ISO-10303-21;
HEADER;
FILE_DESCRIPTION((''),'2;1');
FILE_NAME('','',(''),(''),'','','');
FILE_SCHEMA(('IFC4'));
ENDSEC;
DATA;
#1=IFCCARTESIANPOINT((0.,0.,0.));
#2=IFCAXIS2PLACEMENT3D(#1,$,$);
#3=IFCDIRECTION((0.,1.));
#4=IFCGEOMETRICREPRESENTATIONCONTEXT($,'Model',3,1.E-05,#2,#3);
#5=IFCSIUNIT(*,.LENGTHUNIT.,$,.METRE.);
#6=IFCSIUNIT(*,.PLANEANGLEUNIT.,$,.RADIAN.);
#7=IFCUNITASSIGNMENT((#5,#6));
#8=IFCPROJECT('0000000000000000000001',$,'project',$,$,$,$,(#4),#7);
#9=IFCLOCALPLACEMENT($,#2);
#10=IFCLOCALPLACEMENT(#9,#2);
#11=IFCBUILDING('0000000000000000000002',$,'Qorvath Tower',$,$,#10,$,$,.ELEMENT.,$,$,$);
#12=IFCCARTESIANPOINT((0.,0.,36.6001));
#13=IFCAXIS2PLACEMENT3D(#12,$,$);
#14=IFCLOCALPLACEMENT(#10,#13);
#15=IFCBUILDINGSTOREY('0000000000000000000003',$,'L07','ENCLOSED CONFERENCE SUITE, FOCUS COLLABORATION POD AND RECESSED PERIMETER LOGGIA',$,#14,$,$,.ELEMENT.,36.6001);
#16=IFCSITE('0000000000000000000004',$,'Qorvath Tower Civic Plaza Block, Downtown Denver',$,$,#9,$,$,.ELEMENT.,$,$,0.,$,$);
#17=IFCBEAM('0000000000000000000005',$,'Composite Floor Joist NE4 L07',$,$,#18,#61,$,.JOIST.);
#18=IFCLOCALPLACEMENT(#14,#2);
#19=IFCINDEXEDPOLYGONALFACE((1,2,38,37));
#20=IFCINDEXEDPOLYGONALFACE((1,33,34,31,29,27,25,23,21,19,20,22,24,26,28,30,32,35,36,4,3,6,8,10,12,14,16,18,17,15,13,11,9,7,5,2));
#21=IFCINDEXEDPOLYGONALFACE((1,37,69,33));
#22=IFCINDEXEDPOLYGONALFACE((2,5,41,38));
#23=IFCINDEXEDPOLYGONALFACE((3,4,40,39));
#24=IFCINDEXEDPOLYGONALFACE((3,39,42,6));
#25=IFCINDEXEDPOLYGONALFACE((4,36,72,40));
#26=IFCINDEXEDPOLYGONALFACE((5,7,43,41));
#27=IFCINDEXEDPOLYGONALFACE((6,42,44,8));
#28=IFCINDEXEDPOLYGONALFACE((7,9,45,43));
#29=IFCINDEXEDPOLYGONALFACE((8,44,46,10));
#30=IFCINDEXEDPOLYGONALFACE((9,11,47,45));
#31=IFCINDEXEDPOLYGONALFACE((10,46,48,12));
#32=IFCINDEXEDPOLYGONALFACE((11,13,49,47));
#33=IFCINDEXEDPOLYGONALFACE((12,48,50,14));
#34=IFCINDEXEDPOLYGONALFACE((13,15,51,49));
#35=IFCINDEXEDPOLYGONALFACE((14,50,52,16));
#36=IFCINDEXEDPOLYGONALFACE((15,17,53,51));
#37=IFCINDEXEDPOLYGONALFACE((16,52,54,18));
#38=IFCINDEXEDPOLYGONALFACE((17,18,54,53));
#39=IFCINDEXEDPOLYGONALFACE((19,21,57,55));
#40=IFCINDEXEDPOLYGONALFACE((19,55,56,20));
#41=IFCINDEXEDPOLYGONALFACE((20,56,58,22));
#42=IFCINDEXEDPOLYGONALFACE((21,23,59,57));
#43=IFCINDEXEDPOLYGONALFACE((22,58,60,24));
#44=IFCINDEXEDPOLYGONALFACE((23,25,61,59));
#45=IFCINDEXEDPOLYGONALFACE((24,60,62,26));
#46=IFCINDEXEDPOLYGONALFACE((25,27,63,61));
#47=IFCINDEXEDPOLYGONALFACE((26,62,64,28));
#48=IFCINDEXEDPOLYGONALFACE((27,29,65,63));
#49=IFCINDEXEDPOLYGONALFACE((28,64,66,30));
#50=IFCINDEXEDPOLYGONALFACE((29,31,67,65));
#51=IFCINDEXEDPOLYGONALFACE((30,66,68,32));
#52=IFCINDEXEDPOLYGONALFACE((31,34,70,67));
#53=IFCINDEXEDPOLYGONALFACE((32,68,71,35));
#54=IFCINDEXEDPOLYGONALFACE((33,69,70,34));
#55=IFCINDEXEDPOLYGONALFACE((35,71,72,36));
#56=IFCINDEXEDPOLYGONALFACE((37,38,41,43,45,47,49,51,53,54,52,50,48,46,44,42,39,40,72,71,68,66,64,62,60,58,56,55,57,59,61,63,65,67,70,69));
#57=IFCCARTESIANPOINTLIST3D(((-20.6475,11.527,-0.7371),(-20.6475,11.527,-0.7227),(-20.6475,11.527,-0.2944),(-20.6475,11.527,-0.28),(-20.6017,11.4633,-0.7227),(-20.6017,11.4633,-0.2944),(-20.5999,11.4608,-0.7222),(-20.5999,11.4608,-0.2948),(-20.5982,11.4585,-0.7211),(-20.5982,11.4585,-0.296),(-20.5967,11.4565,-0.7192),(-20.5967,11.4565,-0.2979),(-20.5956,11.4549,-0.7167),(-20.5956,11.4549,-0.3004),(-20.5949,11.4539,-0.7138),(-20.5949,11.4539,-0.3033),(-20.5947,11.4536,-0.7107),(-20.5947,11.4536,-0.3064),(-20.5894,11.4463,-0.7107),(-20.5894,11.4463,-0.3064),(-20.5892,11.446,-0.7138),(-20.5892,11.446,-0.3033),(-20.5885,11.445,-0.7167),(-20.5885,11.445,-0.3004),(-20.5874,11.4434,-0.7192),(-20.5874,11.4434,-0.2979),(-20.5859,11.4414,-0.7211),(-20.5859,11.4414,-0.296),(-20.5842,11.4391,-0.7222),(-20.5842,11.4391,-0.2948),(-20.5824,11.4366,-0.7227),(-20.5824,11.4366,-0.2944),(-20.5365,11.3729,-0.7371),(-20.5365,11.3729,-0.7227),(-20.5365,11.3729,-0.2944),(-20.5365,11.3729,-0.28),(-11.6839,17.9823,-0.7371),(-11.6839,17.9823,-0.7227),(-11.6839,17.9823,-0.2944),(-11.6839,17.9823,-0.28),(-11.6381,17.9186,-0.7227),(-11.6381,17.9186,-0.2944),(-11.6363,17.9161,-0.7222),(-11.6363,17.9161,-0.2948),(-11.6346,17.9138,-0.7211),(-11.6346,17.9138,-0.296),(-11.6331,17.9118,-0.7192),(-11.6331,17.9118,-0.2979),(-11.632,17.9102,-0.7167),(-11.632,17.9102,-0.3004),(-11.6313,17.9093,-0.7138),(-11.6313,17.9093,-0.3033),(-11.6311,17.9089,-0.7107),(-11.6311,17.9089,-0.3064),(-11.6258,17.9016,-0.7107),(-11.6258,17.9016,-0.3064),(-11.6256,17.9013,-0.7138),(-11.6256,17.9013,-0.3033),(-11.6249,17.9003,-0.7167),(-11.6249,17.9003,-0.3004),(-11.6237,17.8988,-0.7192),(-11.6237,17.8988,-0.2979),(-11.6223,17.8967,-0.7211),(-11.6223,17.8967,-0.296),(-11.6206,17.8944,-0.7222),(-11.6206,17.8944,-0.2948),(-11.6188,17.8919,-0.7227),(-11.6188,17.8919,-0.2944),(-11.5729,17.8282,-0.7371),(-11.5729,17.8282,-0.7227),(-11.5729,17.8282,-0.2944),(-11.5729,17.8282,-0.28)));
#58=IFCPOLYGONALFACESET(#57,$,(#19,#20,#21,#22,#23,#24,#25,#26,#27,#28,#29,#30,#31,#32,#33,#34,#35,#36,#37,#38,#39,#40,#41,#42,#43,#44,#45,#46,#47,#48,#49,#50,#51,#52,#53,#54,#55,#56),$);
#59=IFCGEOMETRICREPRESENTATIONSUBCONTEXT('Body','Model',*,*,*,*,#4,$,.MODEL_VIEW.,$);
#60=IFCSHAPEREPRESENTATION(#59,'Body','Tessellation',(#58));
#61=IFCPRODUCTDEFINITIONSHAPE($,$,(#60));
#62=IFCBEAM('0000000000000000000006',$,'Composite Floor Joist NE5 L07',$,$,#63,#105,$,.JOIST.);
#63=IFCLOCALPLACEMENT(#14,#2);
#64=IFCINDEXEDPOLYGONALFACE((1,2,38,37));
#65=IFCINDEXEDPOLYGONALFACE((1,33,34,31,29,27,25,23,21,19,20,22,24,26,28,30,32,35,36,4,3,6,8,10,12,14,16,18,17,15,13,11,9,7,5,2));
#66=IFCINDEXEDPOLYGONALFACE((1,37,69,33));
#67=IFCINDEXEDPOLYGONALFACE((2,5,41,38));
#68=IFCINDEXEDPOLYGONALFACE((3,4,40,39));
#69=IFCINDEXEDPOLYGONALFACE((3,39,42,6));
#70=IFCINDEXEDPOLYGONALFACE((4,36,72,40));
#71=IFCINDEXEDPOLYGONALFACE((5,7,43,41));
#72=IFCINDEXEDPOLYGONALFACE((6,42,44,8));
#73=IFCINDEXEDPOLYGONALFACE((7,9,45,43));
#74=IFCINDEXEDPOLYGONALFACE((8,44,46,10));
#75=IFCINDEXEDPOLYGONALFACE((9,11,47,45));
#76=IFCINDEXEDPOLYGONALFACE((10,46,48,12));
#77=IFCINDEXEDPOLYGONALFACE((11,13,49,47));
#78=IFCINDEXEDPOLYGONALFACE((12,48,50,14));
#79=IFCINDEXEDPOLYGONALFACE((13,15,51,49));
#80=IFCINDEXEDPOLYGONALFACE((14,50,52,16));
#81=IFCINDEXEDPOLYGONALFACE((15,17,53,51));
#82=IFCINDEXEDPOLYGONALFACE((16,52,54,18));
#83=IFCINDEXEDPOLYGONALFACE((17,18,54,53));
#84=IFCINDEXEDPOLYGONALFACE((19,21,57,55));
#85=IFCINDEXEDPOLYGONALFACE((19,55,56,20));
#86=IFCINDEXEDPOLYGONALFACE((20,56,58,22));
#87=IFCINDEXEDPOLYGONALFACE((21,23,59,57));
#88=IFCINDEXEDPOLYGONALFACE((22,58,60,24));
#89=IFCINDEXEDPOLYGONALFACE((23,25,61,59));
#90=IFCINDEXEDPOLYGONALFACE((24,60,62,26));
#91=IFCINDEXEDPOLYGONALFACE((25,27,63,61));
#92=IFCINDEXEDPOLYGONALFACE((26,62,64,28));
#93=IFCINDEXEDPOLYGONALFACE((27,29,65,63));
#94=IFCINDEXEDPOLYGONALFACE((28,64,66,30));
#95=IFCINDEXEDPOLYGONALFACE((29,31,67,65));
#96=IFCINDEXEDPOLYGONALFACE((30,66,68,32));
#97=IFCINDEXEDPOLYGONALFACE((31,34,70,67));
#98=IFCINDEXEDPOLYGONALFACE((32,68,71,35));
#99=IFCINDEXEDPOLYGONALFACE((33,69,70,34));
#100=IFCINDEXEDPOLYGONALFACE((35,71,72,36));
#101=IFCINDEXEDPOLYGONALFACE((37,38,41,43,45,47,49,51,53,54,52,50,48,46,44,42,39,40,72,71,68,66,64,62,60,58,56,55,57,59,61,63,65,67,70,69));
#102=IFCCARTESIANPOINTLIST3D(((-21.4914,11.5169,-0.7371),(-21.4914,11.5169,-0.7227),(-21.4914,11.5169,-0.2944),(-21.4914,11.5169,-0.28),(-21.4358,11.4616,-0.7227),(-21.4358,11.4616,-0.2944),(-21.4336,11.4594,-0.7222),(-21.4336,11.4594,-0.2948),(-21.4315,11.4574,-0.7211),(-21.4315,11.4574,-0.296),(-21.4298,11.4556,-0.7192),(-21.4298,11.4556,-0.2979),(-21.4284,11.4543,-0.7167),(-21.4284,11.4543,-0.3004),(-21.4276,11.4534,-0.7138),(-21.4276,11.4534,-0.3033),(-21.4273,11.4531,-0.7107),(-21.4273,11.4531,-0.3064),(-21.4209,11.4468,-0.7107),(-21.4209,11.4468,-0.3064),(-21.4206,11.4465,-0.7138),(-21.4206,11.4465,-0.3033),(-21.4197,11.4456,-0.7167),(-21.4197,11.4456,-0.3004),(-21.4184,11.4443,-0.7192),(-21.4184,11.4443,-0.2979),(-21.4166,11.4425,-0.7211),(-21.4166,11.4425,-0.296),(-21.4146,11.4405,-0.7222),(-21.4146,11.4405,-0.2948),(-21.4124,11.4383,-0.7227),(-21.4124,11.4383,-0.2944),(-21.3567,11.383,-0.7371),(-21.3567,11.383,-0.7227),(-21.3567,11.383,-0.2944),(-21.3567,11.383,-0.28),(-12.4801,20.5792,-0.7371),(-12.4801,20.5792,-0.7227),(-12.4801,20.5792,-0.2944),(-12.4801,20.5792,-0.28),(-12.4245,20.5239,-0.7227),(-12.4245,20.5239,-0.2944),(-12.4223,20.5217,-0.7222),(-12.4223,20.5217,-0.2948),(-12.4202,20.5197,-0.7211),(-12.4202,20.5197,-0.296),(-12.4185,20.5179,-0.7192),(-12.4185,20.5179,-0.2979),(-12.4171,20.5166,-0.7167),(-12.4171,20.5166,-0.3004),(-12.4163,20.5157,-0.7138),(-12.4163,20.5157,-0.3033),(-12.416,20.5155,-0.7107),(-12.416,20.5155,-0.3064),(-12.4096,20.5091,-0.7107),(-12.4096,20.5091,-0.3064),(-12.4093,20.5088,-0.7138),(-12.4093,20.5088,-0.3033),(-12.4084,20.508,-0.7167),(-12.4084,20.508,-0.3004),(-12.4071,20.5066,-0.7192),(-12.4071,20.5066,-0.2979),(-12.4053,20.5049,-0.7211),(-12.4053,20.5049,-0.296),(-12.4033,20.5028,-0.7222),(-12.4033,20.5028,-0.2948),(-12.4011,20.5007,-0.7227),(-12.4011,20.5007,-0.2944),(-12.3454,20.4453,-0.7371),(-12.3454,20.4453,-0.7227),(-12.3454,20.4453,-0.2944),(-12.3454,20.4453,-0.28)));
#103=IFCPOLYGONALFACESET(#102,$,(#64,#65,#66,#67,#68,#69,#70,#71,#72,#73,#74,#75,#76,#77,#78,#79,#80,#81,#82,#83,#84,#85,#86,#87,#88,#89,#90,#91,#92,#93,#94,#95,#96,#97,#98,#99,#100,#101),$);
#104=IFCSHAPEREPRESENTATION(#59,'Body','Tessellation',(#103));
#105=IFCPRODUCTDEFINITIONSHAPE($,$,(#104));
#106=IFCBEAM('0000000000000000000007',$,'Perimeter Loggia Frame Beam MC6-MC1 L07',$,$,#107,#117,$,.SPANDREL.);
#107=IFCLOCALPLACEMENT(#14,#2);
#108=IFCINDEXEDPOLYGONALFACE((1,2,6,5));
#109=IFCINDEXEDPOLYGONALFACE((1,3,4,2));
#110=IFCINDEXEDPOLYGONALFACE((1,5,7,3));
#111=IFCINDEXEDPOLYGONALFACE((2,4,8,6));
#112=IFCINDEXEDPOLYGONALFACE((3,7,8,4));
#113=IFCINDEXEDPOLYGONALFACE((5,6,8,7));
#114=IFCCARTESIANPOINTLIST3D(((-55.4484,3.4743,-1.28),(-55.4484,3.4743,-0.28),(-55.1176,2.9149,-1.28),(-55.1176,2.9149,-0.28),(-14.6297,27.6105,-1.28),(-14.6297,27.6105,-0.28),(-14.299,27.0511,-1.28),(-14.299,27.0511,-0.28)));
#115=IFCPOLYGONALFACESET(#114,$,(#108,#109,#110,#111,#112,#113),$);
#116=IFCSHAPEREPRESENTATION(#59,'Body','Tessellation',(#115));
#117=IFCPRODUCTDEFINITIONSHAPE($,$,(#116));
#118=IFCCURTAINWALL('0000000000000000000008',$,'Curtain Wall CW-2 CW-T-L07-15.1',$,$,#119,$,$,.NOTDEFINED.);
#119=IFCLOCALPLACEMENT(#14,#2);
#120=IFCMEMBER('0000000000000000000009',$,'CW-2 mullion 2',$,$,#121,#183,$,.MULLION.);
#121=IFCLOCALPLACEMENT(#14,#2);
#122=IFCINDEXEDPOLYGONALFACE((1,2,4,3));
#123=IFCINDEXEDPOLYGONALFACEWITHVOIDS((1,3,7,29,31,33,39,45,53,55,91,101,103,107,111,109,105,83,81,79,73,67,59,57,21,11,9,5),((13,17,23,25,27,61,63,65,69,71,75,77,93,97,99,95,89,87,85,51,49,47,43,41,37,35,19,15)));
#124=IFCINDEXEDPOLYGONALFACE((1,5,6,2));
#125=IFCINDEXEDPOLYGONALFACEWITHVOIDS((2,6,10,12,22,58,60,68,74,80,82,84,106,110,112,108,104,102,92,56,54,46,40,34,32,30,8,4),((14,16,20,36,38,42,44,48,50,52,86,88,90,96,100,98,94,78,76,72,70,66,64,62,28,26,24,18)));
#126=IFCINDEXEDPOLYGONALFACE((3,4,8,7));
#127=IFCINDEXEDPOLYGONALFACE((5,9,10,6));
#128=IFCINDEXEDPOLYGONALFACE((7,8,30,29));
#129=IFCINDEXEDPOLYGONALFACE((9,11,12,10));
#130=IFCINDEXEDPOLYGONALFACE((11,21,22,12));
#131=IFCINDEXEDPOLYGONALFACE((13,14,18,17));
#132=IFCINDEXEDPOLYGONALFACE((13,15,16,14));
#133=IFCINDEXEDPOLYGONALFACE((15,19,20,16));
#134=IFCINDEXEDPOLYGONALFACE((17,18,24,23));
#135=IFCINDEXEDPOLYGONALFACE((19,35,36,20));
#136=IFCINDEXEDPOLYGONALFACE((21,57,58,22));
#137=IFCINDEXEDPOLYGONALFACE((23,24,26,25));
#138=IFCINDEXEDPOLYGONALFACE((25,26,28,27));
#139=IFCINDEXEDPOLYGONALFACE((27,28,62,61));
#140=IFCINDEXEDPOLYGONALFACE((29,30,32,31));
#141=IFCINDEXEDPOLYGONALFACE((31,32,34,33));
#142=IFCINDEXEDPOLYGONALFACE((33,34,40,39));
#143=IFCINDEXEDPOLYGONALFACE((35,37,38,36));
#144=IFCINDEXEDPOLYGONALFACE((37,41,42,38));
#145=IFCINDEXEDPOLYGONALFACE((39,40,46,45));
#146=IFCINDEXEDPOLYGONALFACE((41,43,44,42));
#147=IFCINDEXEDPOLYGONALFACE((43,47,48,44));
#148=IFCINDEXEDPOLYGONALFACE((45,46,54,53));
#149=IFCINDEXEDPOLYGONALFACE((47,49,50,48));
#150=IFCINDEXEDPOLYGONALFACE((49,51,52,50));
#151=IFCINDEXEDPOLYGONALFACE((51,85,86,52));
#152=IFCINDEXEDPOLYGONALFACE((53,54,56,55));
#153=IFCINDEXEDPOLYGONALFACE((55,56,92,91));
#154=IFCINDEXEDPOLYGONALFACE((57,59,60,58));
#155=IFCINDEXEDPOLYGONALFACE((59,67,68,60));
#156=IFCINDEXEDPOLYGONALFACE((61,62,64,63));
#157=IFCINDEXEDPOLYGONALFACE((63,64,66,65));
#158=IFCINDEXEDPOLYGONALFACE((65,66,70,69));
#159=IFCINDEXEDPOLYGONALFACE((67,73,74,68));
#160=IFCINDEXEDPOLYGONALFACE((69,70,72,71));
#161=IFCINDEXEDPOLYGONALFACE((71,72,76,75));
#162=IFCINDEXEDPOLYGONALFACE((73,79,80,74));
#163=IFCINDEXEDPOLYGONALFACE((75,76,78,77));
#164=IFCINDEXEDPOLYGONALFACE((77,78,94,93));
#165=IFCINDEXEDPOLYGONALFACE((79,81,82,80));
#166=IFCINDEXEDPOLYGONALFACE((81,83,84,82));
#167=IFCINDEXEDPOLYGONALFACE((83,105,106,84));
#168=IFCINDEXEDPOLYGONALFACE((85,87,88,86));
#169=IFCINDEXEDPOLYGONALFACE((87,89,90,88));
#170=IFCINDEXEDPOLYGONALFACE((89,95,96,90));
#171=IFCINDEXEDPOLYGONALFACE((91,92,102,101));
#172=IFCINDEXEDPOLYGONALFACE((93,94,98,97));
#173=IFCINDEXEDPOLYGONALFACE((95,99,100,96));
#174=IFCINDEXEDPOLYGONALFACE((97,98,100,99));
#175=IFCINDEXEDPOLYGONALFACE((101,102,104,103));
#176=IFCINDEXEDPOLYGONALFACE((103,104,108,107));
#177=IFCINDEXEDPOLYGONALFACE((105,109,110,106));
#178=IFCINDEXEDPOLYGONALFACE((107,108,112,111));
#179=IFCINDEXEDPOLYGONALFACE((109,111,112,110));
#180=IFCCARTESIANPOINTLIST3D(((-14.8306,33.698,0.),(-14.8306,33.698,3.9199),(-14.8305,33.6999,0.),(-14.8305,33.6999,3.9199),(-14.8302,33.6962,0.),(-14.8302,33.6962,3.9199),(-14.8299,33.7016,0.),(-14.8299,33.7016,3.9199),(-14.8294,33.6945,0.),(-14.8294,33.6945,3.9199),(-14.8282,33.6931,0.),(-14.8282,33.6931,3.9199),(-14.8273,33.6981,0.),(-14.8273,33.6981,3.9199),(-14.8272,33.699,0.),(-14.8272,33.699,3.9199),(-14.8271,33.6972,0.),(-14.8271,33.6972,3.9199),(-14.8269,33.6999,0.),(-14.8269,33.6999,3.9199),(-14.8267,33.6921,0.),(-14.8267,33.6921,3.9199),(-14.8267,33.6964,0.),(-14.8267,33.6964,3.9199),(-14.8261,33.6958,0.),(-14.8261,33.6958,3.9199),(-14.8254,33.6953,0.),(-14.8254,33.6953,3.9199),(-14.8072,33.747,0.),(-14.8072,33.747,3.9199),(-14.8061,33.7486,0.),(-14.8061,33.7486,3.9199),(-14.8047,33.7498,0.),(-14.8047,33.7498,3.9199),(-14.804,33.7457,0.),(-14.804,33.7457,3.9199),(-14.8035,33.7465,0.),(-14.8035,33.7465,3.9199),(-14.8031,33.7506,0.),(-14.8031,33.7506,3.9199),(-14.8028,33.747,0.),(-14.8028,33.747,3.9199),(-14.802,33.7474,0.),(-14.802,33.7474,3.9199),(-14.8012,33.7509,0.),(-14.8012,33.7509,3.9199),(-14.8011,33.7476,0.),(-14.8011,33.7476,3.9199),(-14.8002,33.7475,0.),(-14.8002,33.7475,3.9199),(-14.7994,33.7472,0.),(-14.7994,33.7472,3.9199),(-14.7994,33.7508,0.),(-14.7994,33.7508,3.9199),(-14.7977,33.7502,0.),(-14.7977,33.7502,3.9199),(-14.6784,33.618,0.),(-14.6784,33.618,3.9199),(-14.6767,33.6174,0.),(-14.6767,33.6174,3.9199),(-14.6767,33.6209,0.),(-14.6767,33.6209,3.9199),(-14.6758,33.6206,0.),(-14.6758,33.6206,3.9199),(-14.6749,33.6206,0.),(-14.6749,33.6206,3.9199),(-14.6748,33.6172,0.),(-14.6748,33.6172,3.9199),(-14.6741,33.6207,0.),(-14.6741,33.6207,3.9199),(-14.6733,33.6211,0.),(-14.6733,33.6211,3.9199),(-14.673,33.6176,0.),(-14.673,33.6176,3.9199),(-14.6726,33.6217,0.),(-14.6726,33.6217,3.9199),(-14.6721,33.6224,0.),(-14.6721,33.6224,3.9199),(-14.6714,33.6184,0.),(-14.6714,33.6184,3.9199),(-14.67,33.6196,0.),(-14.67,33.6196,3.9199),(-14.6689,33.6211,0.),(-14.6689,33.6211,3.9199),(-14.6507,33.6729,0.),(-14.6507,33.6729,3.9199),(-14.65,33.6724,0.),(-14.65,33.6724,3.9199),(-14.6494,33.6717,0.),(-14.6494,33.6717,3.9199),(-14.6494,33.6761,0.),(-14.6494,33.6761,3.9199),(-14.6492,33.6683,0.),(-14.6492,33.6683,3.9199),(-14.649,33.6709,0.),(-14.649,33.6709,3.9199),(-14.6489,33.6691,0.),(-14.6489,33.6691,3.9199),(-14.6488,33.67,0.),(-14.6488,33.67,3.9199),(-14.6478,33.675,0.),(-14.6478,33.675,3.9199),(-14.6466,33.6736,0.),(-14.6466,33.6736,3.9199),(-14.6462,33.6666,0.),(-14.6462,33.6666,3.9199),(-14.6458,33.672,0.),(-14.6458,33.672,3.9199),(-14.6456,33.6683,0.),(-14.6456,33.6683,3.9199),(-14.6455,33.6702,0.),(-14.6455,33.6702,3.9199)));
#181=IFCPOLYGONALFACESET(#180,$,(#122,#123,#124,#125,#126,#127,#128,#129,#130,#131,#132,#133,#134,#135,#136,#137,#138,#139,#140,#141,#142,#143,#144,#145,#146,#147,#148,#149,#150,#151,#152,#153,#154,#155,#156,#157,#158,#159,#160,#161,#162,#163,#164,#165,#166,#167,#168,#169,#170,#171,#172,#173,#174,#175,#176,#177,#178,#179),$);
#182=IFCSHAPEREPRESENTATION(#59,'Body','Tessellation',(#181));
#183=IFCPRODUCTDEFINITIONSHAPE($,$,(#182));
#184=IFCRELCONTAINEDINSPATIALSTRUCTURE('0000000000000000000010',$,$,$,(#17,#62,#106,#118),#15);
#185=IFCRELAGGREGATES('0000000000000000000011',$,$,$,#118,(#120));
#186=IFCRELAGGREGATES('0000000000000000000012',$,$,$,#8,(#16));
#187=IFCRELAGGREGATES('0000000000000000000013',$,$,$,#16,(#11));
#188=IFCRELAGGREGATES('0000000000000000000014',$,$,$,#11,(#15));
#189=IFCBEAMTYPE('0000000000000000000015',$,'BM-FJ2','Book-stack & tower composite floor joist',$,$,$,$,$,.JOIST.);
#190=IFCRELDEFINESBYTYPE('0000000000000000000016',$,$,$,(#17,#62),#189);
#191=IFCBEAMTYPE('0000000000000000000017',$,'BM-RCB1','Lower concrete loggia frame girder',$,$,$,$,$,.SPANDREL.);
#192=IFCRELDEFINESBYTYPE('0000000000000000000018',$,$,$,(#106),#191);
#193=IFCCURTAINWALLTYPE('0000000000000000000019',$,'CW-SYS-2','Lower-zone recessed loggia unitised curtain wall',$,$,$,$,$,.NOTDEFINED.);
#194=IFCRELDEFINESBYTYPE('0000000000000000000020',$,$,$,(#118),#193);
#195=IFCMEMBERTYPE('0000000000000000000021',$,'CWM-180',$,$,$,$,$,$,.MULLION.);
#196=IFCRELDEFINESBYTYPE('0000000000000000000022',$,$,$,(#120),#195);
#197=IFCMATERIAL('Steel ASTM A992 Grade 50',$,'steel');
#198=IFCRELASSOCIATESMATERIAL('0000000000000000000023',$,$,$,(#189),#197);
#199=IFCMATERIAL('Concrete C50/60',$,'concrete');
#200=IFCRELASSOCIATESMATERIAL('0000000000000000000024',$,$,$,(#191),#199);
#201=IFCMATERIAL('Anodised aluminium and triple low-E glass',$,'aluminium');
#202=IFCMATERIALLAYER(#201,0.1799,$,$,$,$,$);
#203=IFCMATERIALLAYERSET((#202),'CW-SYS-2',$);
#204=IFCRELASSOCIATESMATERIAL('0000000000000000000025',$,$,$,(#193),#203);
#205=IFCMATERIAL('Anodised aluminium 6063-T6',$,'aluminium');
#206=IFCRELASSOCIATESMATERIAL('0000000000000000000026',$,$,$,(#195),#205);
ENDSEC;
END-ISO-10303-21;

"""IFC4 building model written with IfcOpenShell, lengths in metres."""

from ifc_helpers import new_model, si_unit, direction, frame, origin, origin_2d, place, context, subcontext, project, spatial, rectangle, hollow_rectangle, i_section, extrude, material, layer, layer_set, material_profile, profile_set, type_object, element, aggregate, save


model = new_model("IFC4")

# Units and contexts
model_context = context("Model", 3, precision=1e-05, world=origin(), true_north=direction((0.0, 1.0)))
body_context = subcontext(model_context, "Body", "Model", "MODEL_VIEW")
ifc_project = project(units=[si_unit("LENGTHUNIT", "METRE"), si_unit("PLANEANGLEUNIT", "RADIAN")], contexts=[model_context])

# Site, building, storey
site_placement = place(None, origin())
site = spatial("IfcSite", under=ifc_project, at=site_placement, Name="Qorvath Tower Civic Plaza Block, Downtown Denver", CompositionType="ELEMENT", RefElevation=0.0)
building_placement = place(site_placement, origin())
building = spatial("IfcBuilding", under=site, at=building_placement, Name="Qorvath Tower", CompositionType="ELEMENT")
storey_placement = place(building_placement, frame((0.0, 0.0, 36.6001)))
storey = spatial("IfcBuildingStorey", under=building, at=storey_placement, Name="L07", Description="ENCLOSED CONFERENCE SUITE, FOCUS COLLABORATION POD AND RECESSED PERIMETER LOGGIA", CompositionType="ELEMENT", Elevation=36.6001)

# Beams
ifc_material_1 = material(Name="Steel ASTM A992 Grade 50", Category="steel")
ifc_material_profile_1 = material_profile(ifc_material_1, i_section(OverallWidth=0.1899, OverallDepth=0.457, WebThickness=0.009, FlangeThickness=0.0144, FilletRadius=0.012, at=origin_2d()), Name="W18x50")
ifc_profile_set_1 = profile_set([ifc_material_profile_1], Name="Steel ASTM A992 Grade 50")
beam_type_1 = type_object("IfcBeamType", Name="BM-FJ2", Description="Book-stack & tower composite floor joist", PredefinedType="JOIST", material=ifc_profile_set_1)
beam_1_placement = place(storey_placement, frame((-20.592, 11.45, -0.5085), z_axis=(0.811469, 0.584395, 0.0), x_axis=(-0.584395, 0.811469, 0.0)))
element("IfcBeam", 1, at=beam_1_placement, inside=storey, type_object=beam_type_1, Name="Composite Floor Joist NE4 L07", PredefinedType="JOIST", context=body_context, shape_type="SweptSolid", body=[
    extrude(i_section(OverallWidth=0.1899, OverallDepth=0.457, WebThickness=0.009, FlangeThickness=0.0144, FilletRadius=0.012, at=origin_2d()), origin(), (0.0, 0.0, 1.0), 11.0461),
])
beam_2_placement = place(storey_placement, frame((-21.4241, 11.45, -0.5085), z_axis=(0.705108, 0.7091, 0.0), x_axis=(-0.7091, 0.705108, 0.0)))
element("IfcBeam", 2, at=beam_2_placement, inside=storey, type_object=beam_type_1, Name="Composite Floor Joist NE5 L07", PredefinedType="JOIST", context=body_context, shape_type="SweptSolid", body=[
    extrude(i_section(OverallWidth=0.1899, OverallDepth=0.457, WebThickness=0.009, FlangeThickness=0.0144, FilletRadius=0.012, at=origin_2d()), origin(), (0.0, 0.0, 1.0), 12.78),
])
ifc_material_2 = material(Name="Concrete C50/60", Category="concrete")
ifc_material_profile_2 = material_profile(ifc_material_2, rectangle(XDim=0.6499, YDim=1.0, at=origin_2d()), Name="RCB 1000x650")
ifc_profile_set_2 = profile_set([ifc_material_profile_2], Name="Concrete C50/60")
beam_type_2 = type_object("IfcBeamType", Name="BM-RCB1", Description="Lower concrete loggia frame girder", PredefinedType="SPANDREL", material=ifc_profile_set_2)
beam_3_placement = place(storey_placement, frame((-14.4644, 27.3308, -0.78), z_axis=(-0.860777, -0.508982, 0.0), x_axis=(0.508982, -0.860777, 0.0)))
element("IfcBeam", 3, at=beam_3_placement, inside=storey, type_object=beam_type_2, Name="Perimeter Loggia Frame Beam MC6-MC1 L07", PredefinedType="SPANDREL", context=body_context, shape_type="SweptSolid", body=[
    extrude(rectangle(XDim=0.6499, YDim=1.0, at=origin_2d()), origin(), (0.0, 0.0, 1.0), 47.4207),
])

# Curtain wall, member
ifc_material_3 = material(Name="Anodised aluminium and triple low-E glass", Category="aluminium")
ifc_layer_1 = layer(ifc_material_3, 0.1799)
ifc_layer_set_1 = layer_set([ifc_layer_1], Name="CW-SYS-2")
curtain_wall_type = type_object("IfcCurtainWallType", Name="CW-SYS-2", Description="Lower-zone recessed loggia unitised curtain wall", PredefinedType="NOTDEFINED", material=ifc_layer_set_1)
curtain_wall_1_placement = place(storey_placement, origin())
curtain_wall_1 = element("IfcCurtainWall", 4, at=curtain_wall_1_placement, inside=storey, type_object=curtain_wall_type, Name="Curtain Wall CW-2 CW-T-L07-15.1", PredefinedType="NOTDEFINED")
ifc_material_4 = material(Name="Anodised aluminium 6063-T6", Category="aluminium")
ifc_material_profile_3 = material_profile(ifc_material_4, hollow_rectangle(XDim=0.0649, YDim=0.1799, WallThickness=0.0034, InnerFilletRadius=0.0034, OuterFilletRadius=0.0071, at=origin_2d()), Name="CWM 180x65")
ifc_profile_set_3 = profile_set([ifc_material_profile_3], Name="Anodised aluminium 6063-T6")
member_type_1 = type_object("IfcMemberType", Name="CWM-180", PredefinedType="MULLION", material=ifc_profile_set_3)
member_1_placement = place(storey_placement, frame((-14.738, 33.6841, 0.0), z_axis=(0.0, 0.0, 1.0), x_axis=(-0.447199, -0.894435, 0.0)))
member_1 = element("IfcMember", 5, at=member_1_placement, type_object=member_type_1, Name="CW-2 mullion 2", PredefinedType="MULLION", context=body_context, shape_type="SweptSolid", body=[
    extrude(hollow_rectangle(XDim=0.0649, YDim=0.1799, WallThickness=0.0034, InnerFilletRadius=0.0034, OuterFilletRadius=0.0071, at=origin_2d()), origin(), (0.0, 0.0, 1.0), 3.9199),
])

aggregate(curtain_wall_1, [member_1])

save(model, "model.ifc")
